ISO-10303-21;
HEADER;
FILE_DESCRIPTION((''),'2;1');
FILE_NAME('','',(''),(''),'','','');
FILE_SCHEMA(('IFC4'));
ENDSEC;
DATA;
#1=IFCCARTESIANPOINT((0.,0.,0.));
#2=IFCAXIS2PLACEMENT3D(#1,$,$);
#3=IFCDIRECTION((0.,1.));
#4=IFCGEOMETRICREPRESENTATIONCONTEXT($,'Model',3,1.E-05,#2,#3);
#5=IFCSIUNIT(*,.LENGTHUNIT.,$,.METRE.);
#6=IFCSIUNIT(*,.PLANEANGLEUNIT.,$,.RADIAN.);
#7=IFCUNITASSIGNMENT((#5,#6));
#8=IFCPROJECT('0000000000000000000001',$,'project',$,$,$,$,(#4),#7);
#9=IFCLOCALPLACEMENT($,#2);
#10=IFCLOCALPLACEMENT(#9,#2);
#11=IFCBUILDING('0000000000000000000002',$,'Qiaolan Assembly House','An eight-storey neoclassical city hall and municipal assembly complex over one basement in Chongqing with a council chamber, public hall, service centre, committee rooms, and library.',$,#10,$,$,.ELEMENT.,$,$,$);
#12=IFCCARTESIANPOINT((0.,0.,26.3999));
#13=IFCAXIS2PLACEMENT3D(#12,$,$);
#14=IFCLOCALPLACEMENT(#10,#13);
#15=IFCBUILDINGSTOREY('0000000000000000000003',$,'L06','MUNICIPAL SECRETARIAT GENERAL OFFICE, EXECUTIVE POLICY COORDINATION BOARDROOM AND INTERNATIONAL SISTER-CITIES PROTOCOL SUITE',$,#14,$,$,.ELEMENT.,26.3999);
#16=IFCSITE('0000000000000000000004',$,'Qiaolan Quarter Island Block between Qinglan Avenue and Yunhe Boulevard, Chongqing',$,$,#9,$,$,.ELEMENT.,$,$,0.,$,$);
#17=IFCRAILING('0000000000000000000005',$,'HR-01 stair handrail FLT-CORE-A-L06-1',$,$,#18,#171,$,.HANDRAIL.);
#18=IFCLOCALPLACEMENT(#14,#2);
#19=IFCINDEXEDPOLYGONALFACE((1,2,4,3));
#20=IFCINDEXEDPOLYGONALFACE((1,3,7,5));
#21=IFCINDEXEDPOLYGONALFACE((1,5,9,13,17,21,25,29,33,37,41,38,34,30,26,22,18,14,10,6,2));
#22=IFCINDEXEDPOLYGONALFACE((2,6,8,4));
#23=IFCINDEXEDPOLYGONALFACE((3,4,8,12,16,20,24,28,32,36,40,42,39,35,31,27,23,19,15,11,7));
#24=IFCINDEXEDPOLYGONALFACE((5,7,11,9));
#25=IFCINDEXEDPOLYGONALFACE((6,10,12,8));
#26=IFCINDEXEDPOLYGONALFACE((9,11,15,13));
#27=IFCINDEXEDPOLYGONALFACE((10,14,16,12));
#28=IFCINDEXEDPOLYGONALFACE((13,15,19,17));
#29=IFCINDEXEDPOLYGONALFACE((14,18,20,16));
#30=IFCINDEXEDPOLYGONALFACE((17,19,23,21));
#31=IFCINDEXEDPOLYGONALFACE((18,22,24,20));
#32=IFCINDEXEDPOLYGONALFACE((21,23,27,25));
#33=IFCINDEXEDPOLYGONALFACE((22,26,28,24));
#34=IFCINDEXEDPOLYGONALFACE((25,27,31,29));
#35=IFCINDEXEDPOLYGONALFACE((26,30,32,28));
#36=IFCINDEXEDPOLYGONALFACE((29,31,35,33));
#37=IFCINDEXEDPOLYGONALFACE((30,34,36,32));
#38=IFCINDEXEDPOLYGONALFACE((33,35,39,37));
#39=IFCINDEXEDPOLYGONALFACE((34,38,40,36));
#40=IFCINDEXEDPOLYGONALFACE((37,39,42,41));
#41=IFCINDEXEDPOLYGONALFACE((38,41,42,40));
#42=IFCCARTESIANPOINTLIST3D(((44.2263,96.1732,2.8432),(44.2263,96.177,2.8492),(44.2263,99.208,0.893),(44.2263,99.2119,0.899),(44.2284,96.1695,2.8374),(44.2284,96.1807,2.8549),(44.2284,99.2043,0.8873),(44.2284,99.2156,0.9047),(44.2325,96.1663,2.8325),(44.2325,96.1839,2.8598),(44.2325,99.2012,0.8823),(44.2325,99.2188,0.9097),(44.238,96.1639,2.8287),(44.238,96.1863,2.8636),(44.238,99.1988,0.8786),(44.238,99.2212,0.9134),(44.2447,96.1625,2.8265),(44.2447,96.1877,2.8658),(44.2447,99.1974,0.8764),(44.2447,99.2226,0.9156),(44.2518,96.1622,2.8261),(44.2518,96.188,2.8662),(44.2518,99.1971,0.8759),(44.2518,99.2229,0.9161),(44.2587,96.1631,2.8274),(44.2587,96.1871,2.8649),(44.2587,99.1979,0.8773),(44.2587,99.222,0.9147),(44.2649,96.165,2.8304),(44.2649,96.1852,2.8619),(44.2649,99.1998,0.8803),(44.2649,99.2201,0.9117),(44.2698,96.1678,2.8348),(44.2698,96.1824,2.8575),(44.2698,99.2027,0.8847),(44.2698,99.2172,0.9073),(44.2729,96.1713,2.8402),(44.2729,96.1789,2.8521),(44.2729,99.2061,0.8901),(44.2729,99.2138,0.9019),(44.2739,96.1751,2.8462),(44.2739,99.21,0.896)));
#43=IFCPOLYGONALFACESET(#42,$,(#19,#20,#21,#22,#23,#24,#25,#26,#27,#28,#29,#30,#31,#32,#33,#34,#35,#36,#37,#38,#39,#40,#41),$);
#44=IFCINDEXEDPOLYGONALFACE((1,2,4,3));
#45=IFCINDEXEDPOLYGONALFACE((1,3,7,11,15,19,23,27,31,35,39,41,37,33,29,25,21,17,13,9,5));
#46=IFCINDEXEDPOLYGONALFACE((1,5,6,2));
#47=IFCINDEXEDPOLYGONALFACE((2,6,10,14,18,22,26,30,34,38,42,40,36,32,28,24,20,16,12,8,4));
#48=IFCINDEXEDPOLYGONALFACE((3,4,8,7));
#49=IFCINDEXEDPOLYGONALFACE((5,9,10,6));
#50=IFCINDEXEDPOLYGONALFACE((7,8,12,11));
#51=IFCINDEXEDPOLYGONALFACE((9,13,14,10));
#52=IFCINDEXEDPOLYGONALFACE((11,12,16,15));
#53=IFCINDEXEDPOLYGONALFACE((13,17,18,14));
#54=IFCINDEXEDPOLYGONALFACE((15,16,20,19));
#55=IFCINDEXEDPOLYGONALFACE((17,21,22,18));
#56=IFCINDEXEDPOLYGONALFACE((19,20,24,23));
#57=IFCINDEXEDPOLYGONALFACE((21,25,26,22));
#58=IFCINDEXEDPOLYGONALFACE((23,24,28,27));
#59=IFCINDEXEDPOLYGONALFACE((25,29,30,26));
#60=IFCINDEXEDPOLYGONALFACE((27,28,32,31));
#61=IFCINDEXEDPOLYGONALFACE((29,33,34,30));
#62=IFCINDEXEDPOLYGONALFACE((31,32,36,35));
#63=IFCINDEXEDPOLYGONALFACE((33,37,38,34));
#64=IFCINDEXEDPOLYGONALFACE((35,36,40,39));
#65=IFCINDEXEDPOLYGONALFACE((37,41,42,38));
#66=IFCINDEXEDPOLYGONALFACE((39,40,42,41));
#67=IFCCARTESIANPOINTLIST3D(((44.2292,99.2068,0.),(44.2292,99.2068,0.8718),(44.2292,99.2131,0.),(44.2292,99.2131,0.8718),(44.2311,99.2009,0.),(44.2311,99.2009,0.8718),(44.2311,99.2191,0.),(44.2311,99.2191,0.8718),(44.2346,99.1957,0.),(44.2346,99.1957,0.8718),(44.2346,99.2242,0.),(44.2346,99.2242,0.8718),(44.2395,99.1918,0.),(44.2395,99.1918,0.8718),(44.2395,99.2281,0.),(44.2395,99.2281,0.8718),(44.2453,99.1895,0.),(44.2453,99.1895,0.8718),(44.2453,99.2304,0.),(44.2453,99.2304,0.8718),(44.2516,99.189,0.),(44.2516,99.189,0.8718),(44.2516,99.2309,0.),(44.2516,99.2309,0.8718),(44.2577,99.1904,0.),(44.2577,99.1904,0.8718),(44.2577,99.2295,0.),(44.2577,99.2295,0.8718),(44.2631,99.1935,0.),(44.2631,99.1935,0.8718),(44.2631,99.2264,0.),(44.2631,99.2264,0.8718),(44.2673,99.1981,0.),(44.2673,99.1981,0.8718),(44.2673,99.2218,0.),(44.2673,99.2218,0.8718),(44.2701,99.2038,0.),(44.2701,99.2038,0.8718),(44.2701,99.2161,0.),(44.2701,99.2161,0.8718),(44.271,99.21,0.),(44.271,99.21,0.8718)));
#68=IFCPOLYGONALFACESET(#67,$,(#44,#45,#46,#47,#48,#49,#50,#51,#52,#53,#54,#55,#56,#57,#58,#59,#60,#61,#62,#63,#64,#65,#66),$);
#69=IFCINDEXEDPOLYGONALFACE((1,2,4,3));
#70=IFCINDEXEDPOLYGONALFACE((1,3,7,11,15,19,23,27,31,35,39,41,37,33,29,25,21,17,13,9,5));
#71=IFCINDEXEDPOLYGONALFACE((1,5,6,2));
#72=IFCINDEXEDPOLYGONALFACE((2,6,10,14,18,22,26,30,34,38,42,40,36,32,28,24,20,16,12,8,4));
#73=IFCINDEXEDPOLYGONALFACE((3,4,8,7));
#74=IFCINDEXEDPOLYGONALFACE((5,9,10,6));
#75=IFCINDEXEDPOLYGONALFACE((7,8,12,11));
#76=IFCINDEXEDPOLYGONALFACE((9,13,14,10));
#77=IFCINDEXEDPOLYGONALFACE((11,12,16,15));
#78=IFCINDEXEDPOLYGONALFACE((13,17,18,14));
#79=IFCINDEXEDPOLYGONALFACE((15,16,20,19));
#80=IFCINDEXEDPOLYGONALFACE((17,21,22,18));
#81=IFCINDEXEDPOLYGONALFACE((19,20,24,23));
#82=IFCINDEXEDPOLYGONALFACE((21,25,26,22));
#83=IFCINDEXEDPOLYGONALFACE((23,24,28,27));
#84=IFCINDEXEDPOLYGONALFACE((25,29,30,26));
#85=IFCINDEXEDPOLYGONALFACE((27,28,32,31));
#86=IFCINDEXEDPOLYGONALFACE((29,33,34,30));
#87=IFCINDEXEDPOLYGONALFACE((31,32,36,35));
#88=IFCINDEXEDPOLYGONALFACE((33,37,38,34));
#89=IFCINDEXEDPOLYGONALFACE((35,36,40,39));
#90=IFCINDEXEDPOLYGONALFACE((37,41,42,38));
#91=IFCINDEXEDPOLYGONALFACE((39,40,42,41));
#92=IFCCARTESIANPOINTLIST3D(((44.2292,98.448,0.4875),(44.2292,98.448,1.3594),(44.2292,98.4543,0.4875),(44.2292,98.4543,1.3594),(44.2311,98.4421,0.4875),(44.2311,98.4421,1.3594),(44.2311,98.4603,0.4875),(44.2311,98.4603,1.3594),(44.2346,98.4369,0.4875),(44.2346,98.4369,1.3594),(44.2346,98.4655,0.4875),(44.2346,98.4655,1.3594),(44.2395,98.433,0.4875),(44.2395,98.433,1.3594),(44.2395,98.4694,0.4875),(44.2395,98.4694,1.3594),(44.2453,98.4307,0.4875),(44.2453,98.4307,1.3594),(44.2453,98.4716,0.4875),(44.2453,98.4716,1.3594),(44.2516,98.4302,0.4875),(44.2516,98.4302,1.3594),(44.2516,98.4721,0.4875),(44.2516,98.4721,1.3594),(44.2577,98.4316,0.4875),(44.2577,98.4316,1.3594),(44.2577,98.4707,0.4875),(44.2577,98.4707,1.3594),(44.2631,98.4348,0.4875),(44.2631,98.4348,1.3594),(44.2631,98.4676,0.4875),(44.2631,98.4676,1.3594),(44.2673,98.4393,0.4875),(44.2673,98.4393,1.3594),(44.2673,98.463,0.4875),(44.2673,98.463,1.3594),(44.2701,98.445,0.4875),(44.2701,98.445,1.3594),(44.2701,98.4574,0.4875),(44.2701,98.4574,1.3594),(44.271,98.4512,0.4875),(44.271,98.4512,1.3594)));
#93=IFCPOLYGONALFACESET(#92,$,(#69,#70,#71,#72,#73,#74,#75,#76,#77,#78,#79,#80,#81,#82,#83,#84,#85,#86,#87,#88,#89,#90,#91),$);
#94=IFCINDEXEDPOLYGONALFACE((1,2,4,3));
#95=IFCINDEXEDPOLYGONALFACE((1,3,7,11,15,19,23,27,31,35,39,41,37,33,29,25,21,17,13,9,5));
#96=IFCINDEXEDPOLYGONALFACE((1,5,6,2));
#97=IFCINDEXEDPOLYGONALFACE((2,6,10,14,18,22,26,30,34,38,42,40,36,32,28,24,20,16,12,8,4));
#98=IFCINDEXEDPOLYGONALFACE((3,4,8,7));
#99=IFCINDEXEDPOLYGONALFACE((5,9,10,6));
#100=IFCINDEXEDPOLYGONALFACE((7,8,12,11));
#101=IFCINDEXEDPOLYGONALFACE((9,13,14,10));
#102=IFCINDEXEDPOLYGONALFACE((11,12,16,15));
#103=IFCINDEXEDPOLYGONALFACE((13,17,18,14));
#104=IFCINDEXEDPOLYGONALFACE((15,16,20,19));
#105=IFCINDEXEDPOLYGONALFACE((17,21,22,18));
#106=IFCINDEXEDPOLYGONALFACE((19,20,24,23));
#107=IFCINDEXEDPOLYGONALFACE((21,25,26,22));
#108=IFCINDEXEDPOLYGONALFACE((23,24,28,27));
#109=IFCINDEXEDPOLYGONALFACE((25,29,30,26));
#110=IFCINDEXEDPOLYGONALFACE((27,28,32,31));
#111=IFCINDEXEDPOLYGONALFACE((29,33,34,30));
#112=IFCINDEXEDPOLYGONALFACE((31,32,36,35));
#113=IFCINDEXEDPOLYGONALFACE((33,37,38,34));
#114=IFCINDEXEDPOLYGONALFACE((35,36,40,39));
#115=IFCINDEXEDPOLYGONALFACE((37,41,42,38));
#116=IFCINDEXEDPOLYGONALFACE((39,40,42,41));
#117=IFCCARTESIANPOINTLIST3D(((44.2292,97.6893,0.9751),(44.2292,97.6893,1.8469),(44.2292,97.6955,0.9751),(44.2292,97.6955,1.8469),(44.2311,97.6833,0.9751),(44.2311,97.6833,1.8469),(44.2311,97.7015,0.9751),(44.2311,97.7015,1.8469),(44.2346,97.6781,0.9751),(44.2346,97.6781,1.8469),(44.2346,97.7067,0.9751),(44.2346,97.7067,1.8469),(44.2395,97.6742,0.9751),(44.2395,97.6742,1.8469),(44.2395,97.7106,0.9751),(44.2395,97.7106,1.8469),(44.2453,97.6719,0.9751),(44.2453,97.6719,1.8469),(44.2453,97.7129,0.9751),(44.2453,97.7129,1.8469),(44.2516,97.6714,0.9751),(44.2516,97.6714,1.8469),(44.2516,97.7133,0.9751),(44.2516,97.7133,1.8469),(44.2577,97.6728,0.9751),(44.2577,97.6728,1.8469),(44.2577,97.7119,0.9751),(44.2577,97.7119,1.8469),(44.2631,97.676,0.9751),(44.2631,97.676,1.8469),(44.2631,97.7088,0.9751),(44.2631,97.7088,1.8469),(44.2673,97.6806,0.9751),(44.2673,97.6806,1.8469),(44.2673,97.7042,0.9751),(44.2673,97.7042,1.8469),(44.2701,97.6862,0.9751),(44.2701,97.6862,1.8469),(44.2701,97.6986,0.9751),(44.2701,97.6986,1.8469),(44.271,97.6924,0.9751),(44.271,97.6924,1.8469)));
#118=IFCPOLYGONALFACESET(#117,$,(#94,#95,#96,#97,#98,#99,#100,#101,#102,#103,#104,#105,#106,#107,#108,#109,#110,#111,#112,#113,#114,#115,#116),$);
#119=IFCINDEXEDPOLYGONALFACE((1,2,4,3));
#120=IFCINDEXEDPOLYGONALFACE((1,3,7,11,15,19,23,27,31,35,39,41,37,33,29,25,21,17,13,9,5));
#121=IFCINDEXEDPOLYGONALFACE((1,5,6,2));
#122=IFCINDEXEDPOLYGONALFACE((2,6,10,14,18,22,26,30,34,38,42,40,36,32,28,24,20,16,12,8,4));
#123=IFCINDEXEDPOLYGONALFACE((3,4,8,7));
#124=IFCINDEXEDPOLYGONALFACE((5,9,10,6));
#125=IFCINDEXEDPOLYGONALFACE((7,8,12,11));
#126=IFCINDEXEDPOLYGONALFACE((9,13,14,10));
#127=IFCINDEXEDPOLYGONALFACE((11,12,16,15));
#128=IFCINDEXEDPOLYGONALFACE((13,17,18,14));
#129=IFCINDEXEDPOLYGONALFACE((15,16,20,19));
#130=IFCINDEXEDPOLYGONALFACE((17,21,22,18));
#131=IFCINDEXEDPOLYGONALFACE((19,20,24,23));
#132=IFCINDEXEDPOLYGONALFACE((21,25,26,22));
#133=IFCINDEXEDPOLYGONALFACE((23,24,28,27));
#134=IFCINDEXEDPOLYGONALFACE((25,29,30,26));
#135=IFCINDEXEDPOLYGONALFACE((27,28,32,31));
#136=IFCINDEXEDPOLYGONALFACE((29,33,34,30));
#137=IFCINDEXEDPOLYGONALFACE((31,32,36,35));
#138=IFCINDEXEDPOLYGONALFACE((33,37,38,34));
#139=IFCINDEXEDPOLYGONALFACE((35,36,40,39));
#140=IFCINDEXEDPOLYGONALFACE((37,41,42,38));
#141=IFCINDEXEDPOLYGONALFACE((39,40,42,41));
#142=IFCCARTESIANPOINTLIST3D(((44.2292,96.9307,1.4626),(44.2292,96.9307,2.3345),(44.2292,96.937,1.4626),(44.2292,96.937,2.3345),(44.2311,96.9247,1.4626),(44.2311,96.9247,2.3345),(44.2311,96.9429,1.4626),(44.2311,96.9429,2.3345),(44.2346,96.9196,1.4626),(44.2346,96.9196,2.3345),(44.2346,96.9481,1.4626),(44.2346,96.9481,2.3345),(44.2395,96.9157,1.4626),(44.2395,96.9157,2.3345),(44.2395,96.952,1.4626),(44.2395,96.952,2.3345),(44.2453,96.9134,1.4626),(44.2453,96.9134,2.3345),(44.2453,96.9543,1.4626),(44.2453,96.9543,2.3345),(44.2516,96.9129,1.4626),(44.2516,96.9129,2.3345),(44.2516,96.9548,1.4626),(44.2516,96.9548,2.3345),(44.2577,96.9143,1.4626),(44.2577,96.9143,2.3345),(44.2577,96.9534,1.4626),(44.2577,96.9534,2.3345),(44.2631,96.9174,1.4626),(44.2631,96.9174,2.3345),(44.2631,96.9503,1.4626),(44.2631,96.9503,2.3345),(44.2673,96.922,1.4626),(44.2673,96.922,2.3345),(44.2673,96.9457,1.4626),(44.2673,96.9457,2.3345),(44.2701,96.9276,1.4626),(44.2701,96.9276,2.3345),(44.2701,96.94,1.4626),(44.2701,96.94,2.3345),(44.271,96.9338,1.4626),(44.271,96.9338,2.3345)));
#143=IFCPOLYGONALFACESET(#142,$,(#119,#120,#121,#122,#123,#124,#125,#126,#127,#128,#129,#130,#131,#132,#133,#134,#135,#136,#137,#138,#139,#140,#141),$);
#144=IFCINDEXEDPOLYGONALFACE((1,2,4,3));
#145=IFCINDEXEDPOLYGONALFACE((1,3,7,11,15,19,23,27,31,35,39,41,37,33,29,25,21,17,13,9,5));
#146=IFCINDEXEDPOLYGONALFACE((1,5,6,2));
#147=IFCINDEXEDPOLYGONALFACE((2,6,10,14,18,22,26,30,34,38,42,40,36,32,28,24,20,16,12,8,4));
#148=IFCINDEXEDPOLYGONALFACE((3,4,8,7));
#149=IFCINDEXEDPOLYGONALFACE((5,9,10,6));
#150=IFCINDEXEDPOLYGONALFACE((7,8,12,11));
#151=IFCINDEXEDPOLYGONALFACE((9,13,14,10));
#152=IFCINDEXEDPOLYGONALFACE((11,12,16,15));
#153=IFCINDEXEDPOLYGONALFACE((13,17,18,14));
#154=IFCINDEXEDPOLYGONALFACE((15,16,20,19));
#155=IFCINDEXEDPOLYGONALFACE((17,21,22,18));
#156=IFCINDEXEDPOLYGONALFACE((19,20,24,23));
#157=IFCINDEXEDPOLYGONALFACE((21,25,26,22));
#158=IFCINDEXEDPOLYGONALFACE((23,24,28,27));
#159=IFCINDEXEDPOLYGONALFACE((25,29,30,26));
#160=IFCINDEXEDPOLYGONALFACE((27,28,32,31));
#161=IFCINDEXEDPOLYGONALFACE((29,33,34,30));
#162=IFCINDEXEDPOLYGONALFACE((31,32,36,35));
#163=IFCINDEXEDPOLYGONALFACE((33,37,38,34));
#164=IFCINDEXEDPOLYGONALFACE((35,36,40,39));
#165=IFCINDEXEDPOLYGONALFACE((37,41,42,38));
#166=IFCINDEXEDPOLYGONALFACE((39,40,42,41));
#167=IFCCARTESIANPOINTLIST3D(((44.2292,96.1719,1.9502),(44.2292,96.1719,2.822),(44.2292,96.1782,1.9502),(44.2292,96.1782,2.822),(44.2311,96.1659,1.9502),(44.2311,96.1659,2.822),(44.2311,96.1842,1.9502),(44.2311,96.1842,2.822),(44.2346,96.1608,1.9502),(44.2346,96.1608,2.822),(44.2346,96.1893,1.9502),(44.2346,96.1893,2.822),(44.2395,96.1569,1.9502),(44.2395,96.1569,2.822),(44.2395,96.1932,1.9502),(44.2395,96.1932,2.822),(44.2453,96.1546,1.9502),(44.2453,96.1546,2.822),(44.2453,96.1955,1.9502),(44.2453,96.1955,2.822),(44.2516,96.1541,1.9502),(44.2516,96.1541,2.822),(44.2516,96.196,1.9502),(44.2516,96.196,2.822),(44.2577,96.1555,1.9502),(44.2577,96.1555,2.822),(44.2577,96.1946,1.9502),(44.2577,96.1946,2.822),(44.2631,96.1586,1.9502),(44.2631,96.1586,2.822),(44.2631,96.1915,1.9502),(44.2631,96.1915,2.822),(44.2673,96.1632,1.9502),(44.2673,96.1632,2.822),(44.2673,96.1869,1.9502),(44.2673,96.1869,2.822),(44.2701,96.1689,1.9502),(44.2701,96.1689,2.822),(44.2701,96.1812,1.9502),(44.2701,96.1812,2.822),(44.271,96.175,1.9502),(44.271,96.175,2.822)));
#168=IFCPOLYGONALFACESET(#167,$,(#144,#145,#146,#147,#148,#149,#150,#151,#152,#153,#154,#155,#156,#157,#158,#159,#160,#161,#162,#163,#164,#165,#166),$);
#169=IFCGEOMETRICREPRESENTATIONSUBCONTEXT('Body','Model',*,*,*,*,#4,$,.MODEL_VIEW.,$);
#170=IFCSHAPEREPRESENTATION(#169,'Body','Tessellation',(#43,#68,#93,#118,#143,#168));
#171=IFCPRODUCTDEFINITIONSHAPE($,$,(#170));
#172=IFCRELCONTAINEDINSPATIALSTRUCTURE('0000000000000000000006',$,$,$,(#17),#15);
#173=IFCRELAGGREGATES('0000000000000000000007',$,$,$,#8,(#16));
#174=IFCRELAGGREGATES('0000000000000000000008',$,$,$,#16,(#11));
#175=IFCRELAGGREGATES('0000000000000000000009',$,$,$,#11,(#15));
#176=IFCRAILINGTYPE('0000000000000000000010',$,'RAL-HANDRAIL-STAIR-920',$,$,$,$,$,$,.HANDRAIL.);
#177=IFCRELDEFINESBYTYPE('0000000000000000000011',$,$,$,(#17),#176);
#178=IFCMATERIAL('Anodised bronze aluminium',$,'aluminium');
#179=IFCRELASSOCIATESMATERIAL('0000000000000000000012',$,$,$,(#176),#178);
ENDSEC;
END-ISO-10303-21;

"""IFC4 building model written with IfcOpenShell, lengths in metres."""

from ifc_helpers import new_model, si_unit, direction, frame, origin, origin_2d, place, context, subcontext, project, spatial, circle, extrude, material, type_object, element, save


model = new_model("IFC4")

# Units and contexts
model_context = context("Model", 3, precision=1e-05, world=origin(), true_north=direction((0.0, 1.0)))
body_context = subcontext(model_context, "Body", "Model", "MODEL_VIEW")
ifc_project = project(units=[si_unit("LENGTHUNIT", "METRE"), si_unit("PLANEANGLEUNIT", "RADIAN")], contexts=[model_context])

# Site, building, storey
site_placement = place(None, origin())
site = spatial("IfcSite", under=ifc_project, at=site_placement, Name="Qiaolan Quarter Island Block between Qinglan Avenue and Yunhe Boulevard, Chongqing", CompositionType="ELEMENT", RefElevation=0.0)
building_placement = place(site_placement, origin())
building = spatial("IfcBuilding", under=site, at=building_placement, Name="Qiaolan Assembly House", Description="An eight-storey neoclassical city hall and municipal assembly complex over one basement in Chongqing with a council chamber, public hall, service centre, committee rooms, and library.", CompositionType="ELEMENT")
storey_placement = place(building_placement, frame((0.0, 0.0, 26.3999)))
storey = spatial("IfcBuildingStorey", under=building, at=storey_placement, Name="L06", Description="MUNICIPAL SECRETARIAT GENERAL OFFICE, EXECUTIVE POLICY COORDINATION BOARDROOM AND INTERNATIONAL SISTER-CITIES PROTOCOL SUITE", CompositionType="ELEMENT", Elevation=26.3999)

# Railing
ifc_material_1 = material(Name="Anodised bronze aluminium", Category="aluminium")
railing_type_1 = type_object("IfcRailingType", Name="RAL-HANDRAIL-STAIR-920", PredefinedType="HANDRAIL", material=ifc_material_1)
railing_1_placement = place(storey_placement, frame((44.25, 99.21, 0.0)))
element("IfcRailing", 1, at=railing_1_placement, inside=storey, type_object=railing_type_1, Name="HR-01 stair handrail FLT-CORE-A-L06-1", PredefinedType="HANDRAIL", context=body_context, shape_type="SweptSolid", body=[
    extrude(circle(Radius=0.0239, at=origin_2d()), frame((0.0, 0.0, 0.896), z_axis=(0.0, -0.841282, 0.540597), x_axis=(1.0, 0.0, 0.0)), (0.0, 0.0, 1.0), 3.6074),
    extrude(circle(Radius=0.021, at=origin_2d()), origin(), (0.0, 0.0, 1.0), 0.8718),
    extrude(circle(Radius=0.021, at=origin_2d()), frame((0.0, -0.7588, 0.4875)), (0.0, 0.0, 1.0), 0.8718),
    extrude(circle(Radius=0.021, at=origin_2d()), frame((0.0, -1.5176, 0.9751)), (0.0, 0.0, 1.0), 0.8718),
    extrude(circle(Radius=0.021, at=origin_2d()), frame((0.0, -2.2761, 1.4626)), (0.0, 0.0, 1.0), 0.8718),
    extrude(circle(Radius=0.021, at=origin_2d()), frame((0.0, -3.0349, 1.9502)), (0.0, 0.0, 1.0), 0.8718),
])

save(model, "model.ifc")
